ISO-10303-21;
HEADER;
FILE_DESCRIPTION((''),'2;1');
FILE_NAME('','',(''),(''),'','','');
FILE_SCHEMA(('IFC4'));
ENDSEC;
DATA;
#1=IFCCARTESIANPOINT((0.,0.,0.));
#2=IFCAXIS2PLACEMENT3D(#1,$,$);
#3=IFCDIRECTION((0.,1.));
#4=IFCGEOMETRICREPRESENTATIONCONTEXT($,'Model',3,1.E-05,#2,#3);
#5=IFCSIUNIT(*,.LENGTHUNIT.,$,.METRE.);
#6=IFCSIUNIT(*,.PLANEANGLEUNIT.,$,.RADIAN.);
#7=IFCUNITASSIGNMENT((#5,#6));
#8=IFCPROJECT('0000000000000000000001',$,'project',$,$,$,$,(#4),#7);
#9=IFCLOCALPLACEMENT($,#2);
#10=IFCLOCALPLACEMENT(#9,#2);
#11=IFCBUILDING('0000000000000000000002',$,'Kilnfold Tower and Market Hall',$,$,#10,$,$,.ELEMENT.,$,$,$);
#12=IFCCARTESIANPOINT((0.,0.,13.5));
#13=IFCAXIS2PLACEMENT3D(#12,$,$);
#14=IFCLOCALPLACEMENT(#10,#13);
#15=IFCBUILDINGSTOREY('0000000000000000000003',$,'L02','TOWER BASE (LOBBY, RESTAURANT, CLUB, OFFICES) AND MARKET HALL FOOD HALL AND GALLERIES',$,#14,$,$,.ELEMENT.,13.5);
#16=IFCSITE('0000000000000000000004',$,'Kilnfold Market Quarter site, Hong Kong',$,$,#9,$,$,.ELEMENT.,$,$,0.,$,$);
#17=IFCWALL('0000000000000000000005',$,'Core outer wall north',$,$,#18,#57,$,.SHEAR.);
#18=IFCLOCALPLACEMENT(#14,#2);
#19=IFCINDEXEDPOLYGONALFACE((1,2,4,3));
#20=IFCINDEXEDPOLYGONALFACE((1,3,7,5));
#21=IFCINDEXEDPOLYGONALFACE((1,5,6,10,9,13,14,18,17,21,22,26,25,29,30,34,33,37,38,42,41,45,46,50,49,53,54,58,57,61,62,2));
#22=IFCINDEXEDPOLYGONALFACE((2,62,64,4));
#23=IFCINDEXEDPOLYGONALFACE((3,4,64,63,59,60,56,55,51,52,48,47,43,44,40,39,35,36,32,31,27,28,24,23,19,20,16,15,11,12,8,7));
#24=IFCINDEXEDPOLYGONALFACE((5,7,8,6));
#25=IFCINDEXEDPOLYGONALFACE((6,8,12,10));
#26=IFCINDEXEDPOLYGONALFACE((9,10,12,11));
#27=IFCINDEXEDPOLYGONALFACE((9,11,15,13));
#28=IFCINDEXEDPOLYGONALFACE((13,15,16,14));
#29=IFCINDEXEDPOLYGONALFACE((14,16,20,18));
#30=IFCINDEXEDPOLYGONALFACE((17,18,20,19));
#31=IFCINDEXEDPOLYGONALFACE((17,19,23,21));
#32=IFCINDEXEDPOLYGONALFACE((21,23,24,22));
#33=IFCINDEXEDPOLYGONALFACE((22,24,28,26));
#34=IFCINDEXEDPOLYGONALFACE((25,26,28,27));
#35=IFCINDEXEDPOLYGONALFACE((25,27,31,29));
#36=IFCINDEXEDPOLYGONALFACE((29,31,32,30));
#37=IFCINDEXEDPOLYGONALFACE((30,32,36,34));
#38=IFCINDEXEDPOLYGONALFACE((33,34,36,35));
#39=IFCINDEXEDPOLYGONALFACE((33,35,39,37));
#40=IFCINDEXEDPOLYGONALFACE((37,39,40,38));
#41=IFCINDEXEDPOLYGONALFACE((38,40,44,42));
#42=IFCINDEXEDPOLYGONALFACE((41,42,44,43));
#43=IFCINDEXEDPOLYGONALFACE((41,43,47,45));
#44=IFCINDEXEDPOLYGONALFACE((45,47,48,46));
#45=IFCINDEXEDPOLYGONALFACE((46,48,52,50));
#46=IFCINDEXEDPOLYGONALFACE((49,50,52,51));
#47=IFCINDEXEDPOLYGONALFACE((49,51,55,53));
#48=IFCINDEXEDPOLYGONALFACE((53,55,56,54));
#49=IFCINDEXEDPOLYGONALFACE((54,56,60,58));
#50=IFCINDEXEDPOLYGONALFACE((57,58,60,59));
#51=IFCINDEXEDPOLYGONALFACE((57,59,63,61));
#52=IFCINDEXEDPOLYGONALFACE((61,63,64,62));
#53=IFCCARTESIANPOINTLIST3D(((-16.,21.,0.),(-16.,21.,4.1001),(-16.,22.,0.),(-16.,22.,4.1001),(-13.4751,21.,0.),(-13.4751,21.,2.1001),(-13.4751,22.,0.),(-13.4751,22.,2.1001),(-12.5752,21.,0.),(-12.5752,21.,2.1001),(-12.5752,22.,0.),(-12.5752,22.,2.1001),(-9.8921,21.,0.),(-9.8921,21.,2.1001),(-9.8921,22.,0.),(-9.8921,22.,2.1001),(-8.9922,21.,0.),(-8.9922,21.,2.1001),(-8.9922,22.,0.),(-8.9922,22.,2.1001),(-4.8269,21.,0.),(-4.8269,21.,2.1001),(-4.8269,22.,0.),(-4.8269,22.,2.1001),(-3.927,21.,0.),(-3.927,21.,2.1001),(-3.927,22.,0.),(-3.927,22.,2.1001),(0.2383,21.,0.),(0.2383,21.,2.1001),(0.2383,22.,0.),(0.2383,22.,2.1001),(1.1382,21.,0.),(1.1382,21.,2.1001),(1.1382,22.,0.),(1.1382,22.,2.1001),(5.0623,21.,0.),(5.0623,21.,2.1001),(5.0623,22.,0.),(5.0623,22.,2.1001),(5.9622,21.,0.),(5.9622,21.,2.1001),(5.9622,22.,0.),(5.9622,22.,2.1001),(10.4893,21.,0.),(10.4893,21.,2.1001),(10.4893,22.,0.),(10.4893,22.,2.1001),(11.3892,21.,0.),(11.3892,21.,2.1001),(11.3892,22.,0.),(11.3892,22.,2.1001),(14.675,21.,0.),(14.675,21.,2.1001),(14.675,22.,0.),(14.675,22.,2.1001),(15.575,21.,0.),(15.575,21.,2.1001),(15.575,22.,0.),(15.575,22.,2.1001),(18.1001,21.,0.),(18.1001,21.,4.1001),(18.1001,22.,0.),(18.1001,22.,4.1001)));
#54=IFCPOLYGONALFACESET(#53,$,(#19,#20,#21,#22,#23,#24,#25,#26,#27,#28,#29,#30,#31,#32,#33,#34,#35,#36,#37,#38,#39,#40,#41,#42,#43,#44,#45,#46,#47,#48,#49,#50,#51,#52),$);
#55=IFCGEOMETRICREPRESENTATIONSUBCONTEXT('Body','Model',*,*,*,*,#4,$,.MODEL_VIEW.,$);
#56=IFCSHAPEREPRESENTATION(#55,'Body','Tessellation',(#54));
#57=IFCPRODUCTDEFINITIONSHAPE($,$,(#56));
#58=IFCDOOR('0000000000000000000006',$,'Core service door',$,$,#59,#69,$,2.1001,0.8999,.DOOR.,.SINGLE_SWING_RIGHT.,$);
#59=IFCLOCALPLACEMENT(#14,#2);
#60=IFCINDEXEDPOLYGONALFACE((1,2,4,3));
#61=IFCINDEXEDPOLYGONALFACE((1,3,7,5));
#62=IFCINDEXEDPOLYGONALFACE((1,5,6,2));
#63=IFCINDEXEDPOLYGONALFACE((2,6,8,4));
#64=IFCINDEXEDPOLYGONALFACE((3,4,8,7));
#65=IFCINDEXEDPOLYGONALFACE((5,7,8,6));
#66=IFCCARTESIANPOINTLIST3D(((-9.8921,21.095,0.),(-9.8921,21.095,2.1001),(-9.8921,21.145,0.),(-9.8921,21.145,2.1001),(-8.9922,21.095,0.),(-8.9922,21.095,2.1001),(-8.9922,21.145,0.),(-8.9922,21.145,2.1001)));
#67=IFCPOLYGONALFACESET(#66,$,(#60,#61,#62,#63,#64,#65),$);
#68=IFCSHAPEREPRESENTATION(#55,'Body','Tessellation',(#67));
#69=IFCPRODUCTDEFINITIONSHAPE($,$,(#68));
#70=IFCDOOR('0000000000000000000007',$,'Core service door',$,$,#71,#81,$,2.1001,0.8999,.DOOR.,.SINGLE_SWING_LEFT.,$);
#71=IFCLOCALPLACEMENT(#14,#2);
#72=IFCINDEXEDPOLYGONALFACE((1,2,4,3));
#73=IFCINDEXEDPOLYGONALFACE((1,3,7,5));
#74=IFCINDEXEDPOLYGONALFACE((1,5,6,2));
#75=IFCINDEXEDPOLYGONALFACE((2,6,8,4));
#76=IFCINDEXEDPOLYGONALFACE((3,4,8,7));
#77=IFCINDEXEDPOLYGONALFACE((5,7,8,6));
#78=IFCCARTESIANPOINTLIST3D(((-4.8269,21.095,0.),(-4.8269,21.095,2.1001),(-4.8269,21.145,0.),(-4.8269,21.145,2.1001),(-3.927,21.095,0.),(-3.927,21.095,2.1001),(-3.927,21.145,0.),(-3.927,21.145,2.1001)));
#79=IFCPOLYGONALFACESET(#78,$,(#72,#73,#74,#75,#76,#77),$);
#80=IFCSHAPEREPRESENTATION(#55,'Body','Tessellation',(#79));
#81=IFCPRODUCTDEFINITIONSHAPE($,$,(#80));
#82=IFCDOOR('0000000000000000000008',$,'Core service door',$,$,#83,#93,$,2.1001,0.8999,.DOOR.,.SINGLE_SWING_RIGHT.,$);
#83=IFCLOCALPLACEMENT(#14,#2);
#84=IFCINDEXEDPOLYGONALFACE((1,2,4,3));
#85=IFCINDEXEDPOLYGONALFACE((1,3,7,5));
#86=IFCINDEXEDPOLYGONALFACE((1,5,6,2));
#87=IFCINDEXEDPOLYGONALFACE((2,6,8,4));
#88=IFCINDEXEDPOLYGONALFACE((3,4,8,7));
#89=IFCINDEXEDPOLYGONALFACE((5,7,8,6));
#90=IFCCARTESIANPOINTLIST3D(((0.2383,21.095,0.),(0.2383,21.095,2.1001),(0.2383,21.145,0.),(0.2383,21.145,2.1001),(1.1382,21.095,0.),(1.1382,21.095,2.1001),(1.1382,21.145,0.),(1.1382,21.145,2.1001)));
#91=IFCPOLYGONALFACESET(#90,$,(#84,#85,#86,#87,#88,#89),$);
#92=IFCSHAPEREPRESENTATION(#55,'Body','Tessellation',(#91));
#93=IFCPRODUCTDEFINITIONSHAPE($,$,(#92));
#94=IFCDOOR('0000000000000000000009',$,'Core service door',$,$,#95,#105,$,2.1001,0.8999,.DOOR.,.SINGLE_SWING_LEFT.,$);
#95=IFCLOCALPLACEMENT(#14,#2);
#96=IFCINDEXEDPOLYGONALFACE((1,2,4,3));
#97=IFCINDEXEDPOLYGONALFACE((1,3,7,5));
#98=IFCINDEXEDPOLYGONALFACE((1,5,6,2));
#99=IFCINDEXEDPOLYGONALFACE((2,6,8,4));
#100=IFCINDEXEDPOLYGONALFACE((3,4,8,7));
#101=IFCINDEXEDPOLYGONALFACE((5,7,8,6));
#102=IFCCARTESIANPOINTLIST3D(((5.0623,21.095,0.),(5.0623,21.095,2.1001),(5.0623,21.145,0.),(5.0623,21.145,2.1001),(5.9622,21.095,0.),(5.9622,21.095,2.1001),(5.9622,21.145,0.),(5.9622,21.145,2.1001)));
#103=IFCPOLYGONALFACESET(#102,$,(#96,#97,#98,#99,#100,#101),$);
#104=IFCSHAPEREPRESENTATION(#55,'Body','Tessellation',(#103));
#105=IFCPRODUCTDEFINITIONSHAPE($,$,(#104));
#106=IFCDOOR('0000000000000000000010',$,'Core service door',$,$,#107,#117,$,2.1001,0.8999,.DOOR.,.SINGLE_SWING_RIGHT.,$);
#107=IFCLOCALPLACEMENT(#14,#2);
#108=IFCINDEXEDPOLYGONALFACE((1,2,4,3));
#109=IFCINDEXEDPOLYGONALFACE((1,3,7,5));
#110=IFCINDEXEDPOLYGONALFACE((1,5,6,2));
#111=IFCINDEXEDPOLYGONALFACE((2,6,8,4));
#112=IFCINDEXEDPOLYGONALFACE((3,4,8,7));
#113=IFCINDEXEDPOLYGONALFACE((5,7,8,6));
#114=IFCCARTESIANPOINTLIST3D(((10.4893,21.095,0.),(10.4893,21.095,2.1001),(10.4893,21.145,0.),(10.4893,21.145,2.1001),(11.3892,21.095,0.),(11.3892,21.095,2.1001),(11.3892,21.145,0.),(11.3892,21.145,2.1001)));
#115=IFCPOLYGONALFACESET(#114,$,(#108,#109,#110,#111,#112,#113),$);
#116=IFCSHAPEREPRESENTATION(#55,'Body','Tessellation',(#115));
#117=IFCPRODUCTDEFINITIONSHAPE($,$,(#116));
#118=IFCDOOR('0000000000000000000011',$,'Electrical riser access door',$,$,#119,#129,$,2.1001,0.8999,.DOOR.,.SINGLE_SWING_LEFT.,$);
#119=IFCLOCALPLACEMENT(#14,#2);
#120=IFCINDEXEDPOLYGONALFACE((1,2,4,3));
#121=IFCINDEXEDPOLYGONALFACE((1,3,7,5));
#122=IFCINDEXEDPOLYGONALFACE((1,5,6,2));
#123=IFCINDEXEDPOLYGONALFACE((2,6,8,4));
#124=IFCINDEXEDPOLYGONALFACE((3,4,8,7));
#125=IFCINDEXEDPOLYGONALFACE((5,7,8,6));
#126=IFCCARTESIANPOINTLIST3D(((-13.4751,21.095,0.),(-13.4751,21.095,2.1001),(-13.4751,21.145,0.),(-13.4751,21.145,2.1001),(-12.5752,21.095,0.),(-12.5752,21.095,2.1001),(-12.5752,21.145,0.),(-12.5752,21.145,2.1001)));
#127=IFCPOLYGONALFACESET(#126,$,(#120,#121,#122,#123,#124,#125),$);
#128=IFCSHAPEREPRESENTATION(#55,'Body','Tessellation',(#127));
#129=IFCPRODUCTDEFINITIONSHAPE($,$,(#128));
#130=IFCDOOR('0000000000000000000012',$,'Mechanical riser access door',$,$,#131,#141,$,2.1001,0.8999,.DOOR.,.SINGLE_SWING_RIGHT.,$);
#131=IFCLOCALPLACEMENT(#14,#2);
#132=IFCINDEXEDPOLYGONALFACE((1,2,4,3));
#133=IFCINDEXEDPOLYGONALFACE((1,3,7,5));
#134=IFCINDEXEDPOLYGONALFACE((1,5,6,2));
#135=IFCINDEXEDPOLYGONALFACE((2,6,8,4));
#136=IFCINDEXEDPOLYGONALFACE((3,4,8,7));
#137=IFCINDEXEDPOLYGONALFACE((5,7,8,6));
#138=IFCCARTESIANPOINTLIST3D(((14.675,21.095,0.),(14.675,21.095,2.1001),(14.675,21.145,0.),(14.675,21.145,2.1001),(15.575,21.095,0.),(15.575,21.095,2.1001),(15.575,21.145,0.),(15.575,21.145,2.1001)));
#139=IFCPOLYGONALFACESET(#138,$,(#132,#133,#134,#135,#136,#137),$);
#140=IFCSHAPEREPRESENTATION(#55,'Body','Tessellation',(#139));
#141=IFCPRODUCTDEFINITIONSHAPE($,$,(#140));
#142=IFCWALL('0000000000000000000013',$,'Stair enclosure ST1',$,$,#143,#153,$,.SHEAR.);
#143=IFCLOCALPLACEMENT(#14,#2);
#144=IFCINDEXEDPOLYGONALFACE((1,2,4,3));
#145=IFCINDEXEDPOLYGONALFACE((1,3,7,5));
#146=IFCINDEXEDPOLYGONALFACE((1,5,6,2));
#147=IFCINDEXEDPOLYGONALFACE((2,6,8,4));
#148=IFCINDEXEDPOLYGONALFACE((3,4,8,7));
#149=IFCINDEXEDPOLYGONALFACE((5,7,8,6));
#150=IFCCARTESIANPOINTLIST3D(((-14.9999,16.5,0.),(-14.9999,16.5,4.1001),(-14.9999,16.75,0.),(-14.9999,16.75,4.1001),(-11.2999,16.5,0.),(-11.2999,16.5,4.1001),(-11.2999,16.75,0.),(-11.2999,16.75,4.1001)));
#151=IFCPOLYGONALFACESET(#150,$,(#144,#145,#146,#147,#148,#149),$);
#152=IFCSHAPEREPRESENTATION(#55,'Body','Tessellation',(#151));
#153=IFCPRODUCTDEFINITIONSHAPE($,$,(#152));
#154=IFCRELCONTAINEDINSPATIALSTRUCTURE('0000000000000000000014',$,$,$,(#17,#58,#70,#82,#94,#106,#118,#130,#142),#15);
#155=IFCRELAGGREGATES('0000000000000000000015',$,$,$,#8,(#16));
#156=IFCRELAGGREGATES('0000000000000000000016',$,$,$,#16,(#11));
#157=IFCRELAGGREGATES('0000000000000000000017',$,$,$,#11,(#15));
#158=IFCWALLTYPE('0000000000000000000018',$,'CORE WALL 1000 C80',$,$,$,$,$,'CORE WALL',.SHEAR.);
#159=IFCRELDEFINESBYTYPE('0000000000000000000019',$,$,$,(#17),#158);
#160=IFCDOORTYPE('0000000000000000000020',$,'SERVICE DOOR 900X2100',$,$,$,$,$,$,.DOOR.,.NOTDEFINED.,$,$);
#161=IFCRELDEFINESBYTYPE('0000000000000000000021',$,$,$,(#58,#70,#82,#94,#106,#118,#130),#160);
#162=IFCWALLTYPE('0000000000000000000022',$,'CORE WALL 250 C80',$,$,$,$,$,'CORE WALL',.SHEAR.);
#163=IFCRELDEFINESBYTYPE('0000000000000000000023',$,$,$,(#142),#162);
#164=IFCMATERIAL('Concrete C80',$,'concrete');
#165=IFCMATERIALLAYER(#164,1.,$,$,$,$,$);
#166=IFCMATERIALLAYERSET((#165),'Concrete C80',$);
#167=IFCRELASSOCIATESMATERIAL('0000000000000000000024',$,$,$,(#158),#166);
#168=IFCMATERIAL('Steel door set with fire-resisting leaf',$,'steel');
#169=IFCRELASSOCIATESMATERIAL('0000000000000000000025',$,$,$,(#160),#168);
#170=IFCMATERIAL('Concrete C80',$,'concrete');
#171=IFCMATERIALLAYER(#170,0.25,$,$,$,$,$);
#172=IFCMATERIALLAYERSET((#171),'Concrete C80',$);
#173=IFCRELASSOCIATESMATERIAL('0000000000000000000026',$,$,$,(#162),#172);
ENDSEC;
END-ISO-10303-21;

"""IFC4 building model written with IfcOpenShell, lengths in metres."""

from ifc_helpers import new_model, si_unit, direction, frame, frame_2d, origin, place, context, subcontext, project, spatial, rectangle, extrude, source, transform, mapped, material, layer, layer_set, type_object, element, fill, save


model = new_model("IFC4")

# Units and contexts
model_context = context("Model", 3, precision=1e-05, world=origin(), true_north=direction((0.0, 1.0)))
body_context = subcontext(model_context, "Body", "Model", "MODEL_VIEW")
ifc_project = project(units=[si_unit("LENGTHUNIT", "METRE"), si_unit("PLANEANGLEUNIT", "RADIAN")], contexts=[model_context])

# Site, building, storey
site_placement = place(None, origin())
site = spatial("IfcSite", under=ifc_project, at=site_placement, Name="Kilnfold Market Quarter site, Hong Kong", CompositionType="ELEMENT", RefElevation=0.0)
building_placement = place(site_placement, origin())
building = spatial("IfcBuilding", under=site, at=building_placement, Name="Kilnfold Tower and Market Hall", CompositionType="ELEMENT")
storey_placement = place(building_placement, frame((0.0, 0.0, 13.5)))
storey = spatial("IfcBuildingStorey", under=building, at=storey_placement, Name="L02", Description="TOWER BASE (LOBBY, RESTAURANT, CLUB, OFFICES) AND MARKET HALL FOOD HALL AND GALLERIES", CompositionType="ELEMENT", Elevation=13.5)

# Wall, openings, doors
ifc_material_1 = material(Name="Concrete C80", Category="concrete")
ifc_layer_1 = layer(ifc_material_1, 1.0)
ifc_layer_set_1 = layer_set([ifc_layer_1], Name="Concrete C80")
wall_type_1 = type_object("IfcWallType", Name="CORE WALL 1000 C80", ElementType="CORE WALL", PredefinedType="SHEAR", material=ifc_layer_set_1)
shared_shape_1 = source(origin(), body_context, "Body", "SweptSolid", [
    extrude(rectangle(XDim=34.1001, YDim=1.0, at=frame_2d((17.05, 0.0))), origin(), (0.0, 0.0, 1.0), 4.1001),
])
wall_1_placement = place(storey_placement, frame((-16.0, 21.5, 0.0), z_axis=(0.0, 0.0, 1.0), x_axis=(1.0, 0.0, 0.0)))
wall_1 = element("IfcWall", 1, at=wall_1_placement, inside=storey, type_object=wall_type_1, Name="Core outer wall north", PredefinedType="SHEAR", context=body_context, shape_type="MappedRepresentation", body=[
    mapped(shared_shape_1, transform((0.0, 0.0, 0.0))),
])
opening_1_placement = place(wall_1_placement, frame((6.1079, 0.0, 0.0)))
opening_1 = element("IfcOpeningElement", 2, at=opening_1_placement, cuts=wall_1, PredefinedType="OPENING", context=body_context, shape_type="SweptSolid", body=[
    extrude(rectangle(XDim=0.8999, YDim=2.1001, at=frame_2d((0.45, 1.05))), frame((0.0, 0.51, 0.0), z_axis=(0.0, -1.0, 0.0), x_axis=(1.0, 0.0, 0.0)), (0.0, 0.0, 1.0), 1.02),
])
opening_2_placement = place(wall_1_placement, frame((11.1731, 0.0, 0.0)))
opening_2 = element("IfcOpeningElement", 3, at=opening_2_placement, cuts=wall_1, PredefinedType="OPENING", context=body_context, shape_type="SweptSolid", body=[
    extrude(rectangle(XDim=0.8999, YDim=2.1001, at=frame_2d((0.45, 1.05))), frame((0.0, 0.51, 0.0), z_axis=(0.0, -1.0, 0.0), x_axis=(1.0, 0.0, 0.0)), (0.0, 0.0, 1.0), 1.02),
])
opening_3_placement = place(wall_1_placement, frame((16.2383, 0.0, 0.0)))
opening_3 = element("IfcOpeningElement", 4, at=opening_3_placement, cuts=wall_1, PredefinedType="OPENING", context=body_context, shape_type="SweptSolid", body=[
    extrude(rectangle(XDim=0.8999, YDim=2.1001, at=frame_2d((0.45, 1.05))), frame((0.0, 0.51, 0.0), z_axis=(0.0, -1.0, 0.0), x_axis=(1.0, 0.0, 0.0)), (0.0, 0.0, 1.0), 1.02),
])
opening_4_placement = place(wall_1_placement, frame((21.0623, 0.0, 0.0)))
opening_4 = element("IfcOpeningElement", 5, at=opening_4_placement, cuts=wall_1, PredefinedType="OPENING", context=body_context, shape_type="SweptSolid", body=[
    extrude(rectangle(XDim=0.8999, YDim=2.1001, at=frame_2d((0.45, 1.05))), frame((0.0, 0.51, 0.0), z_axis=(0.0, -1.0, 0.0), x_axis=(1.0, 0.0, 0.0)), (0.0, 0.0, 1.0), 1.02),
])
opening_5_placement = place(wall_1_placement, frame((26.4893, 0.0, 0.0)))
opening_5 = element("IfcOpeningElement", 6, at=opening_5_placement, cuts=wall_1, PredefinedType="OPENING", context=body_context, shape_type="SweptSolid", body=[
    extrude(rectangle(XDim=0.8999, YDim=2.1001, at=frame_2d((0.45, 1.05))), frame((0.0, 0.51, 0.0), z_axis=(0.0, -1.0, 0.0), x_axis=(1.0, 0.0, 0.0)), (0.0, 0.0, 1.0), 1.02),
])
opening_6_placement = place(wall_1_placement, frame((2.5249, 0.0, 0.0)))
opening_6 = element("IfcOpeningElement", 7, at=opening_6_placement, cuts=wall_1, PredefinedType="OPENING", context=body_context, shape_type="SweptSolid", body=[
    extrude(rectangle(XDim=0.8999, YDim=2.1001, at=frame_2d((0.45, 1.05))), frame((0.0, 0.51, 0.0), z_axis=(0.0, -1.0, 0.0), x_axis=(1.0, 0.0, 0.0)), (0.0, 0.0, 1.0), 1.02),
])
opening_7_placement = place(wall_1_placement, frame((30.675, 0.0, 0.0)))
opening_7 = element("IfcOpeningElement", 8, at=opening_7_placement, cuts=wall_1, PredefinedType="OPENING", context=body_context, shape_type="SweptSolid", body=[
    extrude(rectangle(XDim=0.8999, YDim=2.1001, at=frame_2d((0.45, 1.05))), frame((0.0, 0.51, 0.0), z_axis=(0.0, -1.0, 0.0), x_axis=(1.0, 0.0, 0.0)), (0.0, 0.0, 1.0), 1.02),
])
ifc_material_2 = material(Name="Steel door set with fire-resisting leaf", Category="steel")
door_type = type_object("IfcDoorType", Name="SERVICE DOOR 900X2100", OperationType="NOTDEFINED", PredefinedType="DOOR", material=ifc_material_2)
door_1_placement = place(opening_1_placement, origin())
door_1 = element("IfcDoor", 9, at=door_1_placement, inside=storey, type_object=door_type, Name="Core service door", OperationType="SINGLE_SWING_RIGHT", OverallHeight=2.1001, OverallWidth=0.8999, PredefinedType="DOOR", context=body_context, shape_type="SweptSolid", body=[
    extrude(rectangle(XDim=0.8999, YDim=2.1001, at=frame_2d((0.45, 1.05))), frame((0.0, -0.355, 0.0), z_axis=(0.0, -1.0, 0.0), x_axis=(1.0, 0.0, 0.0)), (0.0, 0.0, 1.0), 0.05),
])
fill(opening_1, door_1)
door_2_placement = place(opening_2_placement, origin())
door_2 = element("IfcDoor", 10, at=door_2_placement, inside=storey, type_object=door_type, Name="Core service door", OperationType="SINGLE_SWING_LEFT", OverallHeight=2.1001, OverallWidth=0.8999, PredefinedType="DOOR", context=body_context, shape_type="SweptSolid", body=[
    extrude(rectangle(XDim=0.8999, YDim=2.1001, at=frame_2d((0.45, 1.05))), frame((0.0, -0.355, 0.0), z_axis=(0.0, -1.0, 0.0), x_axis=(1.0, 0.0, 0.0)), (0.0, 0.0, 1.0), 0.05),
])
fill(opening_2, door_2)
door_3_placement = place(opening_3_placement, origin())
door_3 = element("IfcDoor", 11, at=door_3_placement, inside=storey, type_object=door_type, Name="Core service door", OperationType="SINGLE_SWING_RIGHT", OverallHeight=2.1001, OverallWidth=0.8999, PredefinedType="DOOR", context=body_context, shape_type="SweptSolid", body=[
    extrude(rectangle(XDim=0.8999, YDim=2.1001, at=frame_2d((0.45, 1.05))), frame((0.0, -0.355, 0.0), z_axis=(0.0, -1.0, 0.0), x_axis=(1.0, 0.0, 0.0)), (0.0, 0.0, 1.0), 0.05),
])
fill(opening_3, door_3)
door_4_placement = place(opening_4_placement, origin())
door_4 = element("IfcDoor", 12, at=door_4_placement, inside=storey, type_object=door_type, Name="Core service door", OperationType="SINGLE_SWING_LEFT", OverallHeight=2.1001, OverallWidth=0.8999, PredefinedType="DOOR", context=body_context, shape_type="SweptSolid", body=[
    extrude(rectangle(XDim=0.8999, YDim=2.1001, at=frame_2d((0.45, 1.05))), frame((0.0, -0.355, 0.0), z_axis=(0.0, -1.0, 0.0), x_axis=(1.0, 0.0, 0.0)), (0.0, 0.0, 1.0), 0.05),
])
fill(opening_4, door_4)
door_5_placement = place(opening_5_placement, origin())
door_5 = element("IfcDoor", 13, at=door_5_placement, inside=storey, type_object=door_type, Name="Core service door", OperationType="SINGLE_SWING_RIGHT", OverallHeight=2.1001, OverallWidth=0.8999, PredefinedType="DOOR", context=body_context, shape_type="SweptSolid", body=[
    extrude(rectangle(XDim=0.8999, YDim=2.1001, at=frame_2d((0.45, 1.05))), frame((0.0, -0.355, 0.0), z_axis=(0.0, -1.0, 0.0), x_axis=(1.0, 0.0, 0.0)), (0.0, 0.0, 1.0), 0.05),
])
fill(opening_5, door_5)
door_6_placement = place(opening_6_placement, origin())
door_6 = element("IfcDoor", 14, at=door_6_placement, inside=storey, type_object=door_type, Name="Electrical riser access door", OperationType="SINGLE_SWING_LEFT", OverallHeight=2.1001, OverallWidth=0.8999, PredefinedType="DOOR", context=body_context, shape_type="SweptSolid", body=[
    extrude(rectangle(XDim=0.8999, YDim=2.1001, at=frame_2d((0.45, 1.05))), frame((0.0, -0.355, 0.0), z_axis=(0.0, -1.0, 0.0), x_axis=(1.0, 0.0, 0.0)), (0.0, 0.0, 1.0), 0.05),
])
fill(opening_6, door_6)
door_7_placement = place(opening_7_placement, origin())
door_7 = element("IfcDoor", 15, at=door_7_placement, inside=storey, type_object=door_type, Name="Mechanical riser access door", OperationType="SINGLE_SWING_RIGHT", OverallHeight=2.1001, OverallWidth=0.8999, PredefinedType="DOOR", context=body_context, shape_type="SweptSolid", body=[
    extrude(rectangle(XDim=0.8999, YDim=2.1001, at=frame_2d((0.45, 1.05))), frame((0.0, -0.355, 0.0), z_axis=(0.0, -1.0, 0.0), x_axis=(1.0, 0.0, 0.0)), (0.0, 0.0, 1.0), 0.05),
])
fill(opening_7, door_7)

# Wall
ifc_material_3 = material(Name="Concrete C80", Category="concrete")
ifc_layer_2 = layer(ifc_material_3, 0.25)
ifc_layer_set_2 = layer_set([ifc_layer_2], Name="Concrete C80")
wall_type_2 = type_object("IfcWallType", Name="CORE WALL 250 C80", ElementType="CORE WALL", PredefinedType="SHEAR", material=ifc_layer_set_2)
shared_shape_2 = source(origin(), body_context, "Body", "SweptSolid", [
    extrude(rectangle(XDim=3.7, YDim=0.25, at=frame_2d((1.8501, 0.0))), origin(), (0.0, 0.0, 1.0), 4.1001),
])
wall_2_placement = place(storey_placement, frame((-15.0, 16.625, 0.0), z_axis=(0.0, 0.0, 1.0), x_axis=(1.0, 0.0, 0.0)))
element("IfcWall", 16, at=wall_2_placement, inside=storey, type_object=wall_type_2, Name="Stair enclosure ST1", PredefinedType="SHEAR", context=body_context, shape_type="MappedRepresentation", body=[
    mapped(shared_shape_2, transform((0.0, 0.0, 0.0))),
])

save(model, "model.ifc")
